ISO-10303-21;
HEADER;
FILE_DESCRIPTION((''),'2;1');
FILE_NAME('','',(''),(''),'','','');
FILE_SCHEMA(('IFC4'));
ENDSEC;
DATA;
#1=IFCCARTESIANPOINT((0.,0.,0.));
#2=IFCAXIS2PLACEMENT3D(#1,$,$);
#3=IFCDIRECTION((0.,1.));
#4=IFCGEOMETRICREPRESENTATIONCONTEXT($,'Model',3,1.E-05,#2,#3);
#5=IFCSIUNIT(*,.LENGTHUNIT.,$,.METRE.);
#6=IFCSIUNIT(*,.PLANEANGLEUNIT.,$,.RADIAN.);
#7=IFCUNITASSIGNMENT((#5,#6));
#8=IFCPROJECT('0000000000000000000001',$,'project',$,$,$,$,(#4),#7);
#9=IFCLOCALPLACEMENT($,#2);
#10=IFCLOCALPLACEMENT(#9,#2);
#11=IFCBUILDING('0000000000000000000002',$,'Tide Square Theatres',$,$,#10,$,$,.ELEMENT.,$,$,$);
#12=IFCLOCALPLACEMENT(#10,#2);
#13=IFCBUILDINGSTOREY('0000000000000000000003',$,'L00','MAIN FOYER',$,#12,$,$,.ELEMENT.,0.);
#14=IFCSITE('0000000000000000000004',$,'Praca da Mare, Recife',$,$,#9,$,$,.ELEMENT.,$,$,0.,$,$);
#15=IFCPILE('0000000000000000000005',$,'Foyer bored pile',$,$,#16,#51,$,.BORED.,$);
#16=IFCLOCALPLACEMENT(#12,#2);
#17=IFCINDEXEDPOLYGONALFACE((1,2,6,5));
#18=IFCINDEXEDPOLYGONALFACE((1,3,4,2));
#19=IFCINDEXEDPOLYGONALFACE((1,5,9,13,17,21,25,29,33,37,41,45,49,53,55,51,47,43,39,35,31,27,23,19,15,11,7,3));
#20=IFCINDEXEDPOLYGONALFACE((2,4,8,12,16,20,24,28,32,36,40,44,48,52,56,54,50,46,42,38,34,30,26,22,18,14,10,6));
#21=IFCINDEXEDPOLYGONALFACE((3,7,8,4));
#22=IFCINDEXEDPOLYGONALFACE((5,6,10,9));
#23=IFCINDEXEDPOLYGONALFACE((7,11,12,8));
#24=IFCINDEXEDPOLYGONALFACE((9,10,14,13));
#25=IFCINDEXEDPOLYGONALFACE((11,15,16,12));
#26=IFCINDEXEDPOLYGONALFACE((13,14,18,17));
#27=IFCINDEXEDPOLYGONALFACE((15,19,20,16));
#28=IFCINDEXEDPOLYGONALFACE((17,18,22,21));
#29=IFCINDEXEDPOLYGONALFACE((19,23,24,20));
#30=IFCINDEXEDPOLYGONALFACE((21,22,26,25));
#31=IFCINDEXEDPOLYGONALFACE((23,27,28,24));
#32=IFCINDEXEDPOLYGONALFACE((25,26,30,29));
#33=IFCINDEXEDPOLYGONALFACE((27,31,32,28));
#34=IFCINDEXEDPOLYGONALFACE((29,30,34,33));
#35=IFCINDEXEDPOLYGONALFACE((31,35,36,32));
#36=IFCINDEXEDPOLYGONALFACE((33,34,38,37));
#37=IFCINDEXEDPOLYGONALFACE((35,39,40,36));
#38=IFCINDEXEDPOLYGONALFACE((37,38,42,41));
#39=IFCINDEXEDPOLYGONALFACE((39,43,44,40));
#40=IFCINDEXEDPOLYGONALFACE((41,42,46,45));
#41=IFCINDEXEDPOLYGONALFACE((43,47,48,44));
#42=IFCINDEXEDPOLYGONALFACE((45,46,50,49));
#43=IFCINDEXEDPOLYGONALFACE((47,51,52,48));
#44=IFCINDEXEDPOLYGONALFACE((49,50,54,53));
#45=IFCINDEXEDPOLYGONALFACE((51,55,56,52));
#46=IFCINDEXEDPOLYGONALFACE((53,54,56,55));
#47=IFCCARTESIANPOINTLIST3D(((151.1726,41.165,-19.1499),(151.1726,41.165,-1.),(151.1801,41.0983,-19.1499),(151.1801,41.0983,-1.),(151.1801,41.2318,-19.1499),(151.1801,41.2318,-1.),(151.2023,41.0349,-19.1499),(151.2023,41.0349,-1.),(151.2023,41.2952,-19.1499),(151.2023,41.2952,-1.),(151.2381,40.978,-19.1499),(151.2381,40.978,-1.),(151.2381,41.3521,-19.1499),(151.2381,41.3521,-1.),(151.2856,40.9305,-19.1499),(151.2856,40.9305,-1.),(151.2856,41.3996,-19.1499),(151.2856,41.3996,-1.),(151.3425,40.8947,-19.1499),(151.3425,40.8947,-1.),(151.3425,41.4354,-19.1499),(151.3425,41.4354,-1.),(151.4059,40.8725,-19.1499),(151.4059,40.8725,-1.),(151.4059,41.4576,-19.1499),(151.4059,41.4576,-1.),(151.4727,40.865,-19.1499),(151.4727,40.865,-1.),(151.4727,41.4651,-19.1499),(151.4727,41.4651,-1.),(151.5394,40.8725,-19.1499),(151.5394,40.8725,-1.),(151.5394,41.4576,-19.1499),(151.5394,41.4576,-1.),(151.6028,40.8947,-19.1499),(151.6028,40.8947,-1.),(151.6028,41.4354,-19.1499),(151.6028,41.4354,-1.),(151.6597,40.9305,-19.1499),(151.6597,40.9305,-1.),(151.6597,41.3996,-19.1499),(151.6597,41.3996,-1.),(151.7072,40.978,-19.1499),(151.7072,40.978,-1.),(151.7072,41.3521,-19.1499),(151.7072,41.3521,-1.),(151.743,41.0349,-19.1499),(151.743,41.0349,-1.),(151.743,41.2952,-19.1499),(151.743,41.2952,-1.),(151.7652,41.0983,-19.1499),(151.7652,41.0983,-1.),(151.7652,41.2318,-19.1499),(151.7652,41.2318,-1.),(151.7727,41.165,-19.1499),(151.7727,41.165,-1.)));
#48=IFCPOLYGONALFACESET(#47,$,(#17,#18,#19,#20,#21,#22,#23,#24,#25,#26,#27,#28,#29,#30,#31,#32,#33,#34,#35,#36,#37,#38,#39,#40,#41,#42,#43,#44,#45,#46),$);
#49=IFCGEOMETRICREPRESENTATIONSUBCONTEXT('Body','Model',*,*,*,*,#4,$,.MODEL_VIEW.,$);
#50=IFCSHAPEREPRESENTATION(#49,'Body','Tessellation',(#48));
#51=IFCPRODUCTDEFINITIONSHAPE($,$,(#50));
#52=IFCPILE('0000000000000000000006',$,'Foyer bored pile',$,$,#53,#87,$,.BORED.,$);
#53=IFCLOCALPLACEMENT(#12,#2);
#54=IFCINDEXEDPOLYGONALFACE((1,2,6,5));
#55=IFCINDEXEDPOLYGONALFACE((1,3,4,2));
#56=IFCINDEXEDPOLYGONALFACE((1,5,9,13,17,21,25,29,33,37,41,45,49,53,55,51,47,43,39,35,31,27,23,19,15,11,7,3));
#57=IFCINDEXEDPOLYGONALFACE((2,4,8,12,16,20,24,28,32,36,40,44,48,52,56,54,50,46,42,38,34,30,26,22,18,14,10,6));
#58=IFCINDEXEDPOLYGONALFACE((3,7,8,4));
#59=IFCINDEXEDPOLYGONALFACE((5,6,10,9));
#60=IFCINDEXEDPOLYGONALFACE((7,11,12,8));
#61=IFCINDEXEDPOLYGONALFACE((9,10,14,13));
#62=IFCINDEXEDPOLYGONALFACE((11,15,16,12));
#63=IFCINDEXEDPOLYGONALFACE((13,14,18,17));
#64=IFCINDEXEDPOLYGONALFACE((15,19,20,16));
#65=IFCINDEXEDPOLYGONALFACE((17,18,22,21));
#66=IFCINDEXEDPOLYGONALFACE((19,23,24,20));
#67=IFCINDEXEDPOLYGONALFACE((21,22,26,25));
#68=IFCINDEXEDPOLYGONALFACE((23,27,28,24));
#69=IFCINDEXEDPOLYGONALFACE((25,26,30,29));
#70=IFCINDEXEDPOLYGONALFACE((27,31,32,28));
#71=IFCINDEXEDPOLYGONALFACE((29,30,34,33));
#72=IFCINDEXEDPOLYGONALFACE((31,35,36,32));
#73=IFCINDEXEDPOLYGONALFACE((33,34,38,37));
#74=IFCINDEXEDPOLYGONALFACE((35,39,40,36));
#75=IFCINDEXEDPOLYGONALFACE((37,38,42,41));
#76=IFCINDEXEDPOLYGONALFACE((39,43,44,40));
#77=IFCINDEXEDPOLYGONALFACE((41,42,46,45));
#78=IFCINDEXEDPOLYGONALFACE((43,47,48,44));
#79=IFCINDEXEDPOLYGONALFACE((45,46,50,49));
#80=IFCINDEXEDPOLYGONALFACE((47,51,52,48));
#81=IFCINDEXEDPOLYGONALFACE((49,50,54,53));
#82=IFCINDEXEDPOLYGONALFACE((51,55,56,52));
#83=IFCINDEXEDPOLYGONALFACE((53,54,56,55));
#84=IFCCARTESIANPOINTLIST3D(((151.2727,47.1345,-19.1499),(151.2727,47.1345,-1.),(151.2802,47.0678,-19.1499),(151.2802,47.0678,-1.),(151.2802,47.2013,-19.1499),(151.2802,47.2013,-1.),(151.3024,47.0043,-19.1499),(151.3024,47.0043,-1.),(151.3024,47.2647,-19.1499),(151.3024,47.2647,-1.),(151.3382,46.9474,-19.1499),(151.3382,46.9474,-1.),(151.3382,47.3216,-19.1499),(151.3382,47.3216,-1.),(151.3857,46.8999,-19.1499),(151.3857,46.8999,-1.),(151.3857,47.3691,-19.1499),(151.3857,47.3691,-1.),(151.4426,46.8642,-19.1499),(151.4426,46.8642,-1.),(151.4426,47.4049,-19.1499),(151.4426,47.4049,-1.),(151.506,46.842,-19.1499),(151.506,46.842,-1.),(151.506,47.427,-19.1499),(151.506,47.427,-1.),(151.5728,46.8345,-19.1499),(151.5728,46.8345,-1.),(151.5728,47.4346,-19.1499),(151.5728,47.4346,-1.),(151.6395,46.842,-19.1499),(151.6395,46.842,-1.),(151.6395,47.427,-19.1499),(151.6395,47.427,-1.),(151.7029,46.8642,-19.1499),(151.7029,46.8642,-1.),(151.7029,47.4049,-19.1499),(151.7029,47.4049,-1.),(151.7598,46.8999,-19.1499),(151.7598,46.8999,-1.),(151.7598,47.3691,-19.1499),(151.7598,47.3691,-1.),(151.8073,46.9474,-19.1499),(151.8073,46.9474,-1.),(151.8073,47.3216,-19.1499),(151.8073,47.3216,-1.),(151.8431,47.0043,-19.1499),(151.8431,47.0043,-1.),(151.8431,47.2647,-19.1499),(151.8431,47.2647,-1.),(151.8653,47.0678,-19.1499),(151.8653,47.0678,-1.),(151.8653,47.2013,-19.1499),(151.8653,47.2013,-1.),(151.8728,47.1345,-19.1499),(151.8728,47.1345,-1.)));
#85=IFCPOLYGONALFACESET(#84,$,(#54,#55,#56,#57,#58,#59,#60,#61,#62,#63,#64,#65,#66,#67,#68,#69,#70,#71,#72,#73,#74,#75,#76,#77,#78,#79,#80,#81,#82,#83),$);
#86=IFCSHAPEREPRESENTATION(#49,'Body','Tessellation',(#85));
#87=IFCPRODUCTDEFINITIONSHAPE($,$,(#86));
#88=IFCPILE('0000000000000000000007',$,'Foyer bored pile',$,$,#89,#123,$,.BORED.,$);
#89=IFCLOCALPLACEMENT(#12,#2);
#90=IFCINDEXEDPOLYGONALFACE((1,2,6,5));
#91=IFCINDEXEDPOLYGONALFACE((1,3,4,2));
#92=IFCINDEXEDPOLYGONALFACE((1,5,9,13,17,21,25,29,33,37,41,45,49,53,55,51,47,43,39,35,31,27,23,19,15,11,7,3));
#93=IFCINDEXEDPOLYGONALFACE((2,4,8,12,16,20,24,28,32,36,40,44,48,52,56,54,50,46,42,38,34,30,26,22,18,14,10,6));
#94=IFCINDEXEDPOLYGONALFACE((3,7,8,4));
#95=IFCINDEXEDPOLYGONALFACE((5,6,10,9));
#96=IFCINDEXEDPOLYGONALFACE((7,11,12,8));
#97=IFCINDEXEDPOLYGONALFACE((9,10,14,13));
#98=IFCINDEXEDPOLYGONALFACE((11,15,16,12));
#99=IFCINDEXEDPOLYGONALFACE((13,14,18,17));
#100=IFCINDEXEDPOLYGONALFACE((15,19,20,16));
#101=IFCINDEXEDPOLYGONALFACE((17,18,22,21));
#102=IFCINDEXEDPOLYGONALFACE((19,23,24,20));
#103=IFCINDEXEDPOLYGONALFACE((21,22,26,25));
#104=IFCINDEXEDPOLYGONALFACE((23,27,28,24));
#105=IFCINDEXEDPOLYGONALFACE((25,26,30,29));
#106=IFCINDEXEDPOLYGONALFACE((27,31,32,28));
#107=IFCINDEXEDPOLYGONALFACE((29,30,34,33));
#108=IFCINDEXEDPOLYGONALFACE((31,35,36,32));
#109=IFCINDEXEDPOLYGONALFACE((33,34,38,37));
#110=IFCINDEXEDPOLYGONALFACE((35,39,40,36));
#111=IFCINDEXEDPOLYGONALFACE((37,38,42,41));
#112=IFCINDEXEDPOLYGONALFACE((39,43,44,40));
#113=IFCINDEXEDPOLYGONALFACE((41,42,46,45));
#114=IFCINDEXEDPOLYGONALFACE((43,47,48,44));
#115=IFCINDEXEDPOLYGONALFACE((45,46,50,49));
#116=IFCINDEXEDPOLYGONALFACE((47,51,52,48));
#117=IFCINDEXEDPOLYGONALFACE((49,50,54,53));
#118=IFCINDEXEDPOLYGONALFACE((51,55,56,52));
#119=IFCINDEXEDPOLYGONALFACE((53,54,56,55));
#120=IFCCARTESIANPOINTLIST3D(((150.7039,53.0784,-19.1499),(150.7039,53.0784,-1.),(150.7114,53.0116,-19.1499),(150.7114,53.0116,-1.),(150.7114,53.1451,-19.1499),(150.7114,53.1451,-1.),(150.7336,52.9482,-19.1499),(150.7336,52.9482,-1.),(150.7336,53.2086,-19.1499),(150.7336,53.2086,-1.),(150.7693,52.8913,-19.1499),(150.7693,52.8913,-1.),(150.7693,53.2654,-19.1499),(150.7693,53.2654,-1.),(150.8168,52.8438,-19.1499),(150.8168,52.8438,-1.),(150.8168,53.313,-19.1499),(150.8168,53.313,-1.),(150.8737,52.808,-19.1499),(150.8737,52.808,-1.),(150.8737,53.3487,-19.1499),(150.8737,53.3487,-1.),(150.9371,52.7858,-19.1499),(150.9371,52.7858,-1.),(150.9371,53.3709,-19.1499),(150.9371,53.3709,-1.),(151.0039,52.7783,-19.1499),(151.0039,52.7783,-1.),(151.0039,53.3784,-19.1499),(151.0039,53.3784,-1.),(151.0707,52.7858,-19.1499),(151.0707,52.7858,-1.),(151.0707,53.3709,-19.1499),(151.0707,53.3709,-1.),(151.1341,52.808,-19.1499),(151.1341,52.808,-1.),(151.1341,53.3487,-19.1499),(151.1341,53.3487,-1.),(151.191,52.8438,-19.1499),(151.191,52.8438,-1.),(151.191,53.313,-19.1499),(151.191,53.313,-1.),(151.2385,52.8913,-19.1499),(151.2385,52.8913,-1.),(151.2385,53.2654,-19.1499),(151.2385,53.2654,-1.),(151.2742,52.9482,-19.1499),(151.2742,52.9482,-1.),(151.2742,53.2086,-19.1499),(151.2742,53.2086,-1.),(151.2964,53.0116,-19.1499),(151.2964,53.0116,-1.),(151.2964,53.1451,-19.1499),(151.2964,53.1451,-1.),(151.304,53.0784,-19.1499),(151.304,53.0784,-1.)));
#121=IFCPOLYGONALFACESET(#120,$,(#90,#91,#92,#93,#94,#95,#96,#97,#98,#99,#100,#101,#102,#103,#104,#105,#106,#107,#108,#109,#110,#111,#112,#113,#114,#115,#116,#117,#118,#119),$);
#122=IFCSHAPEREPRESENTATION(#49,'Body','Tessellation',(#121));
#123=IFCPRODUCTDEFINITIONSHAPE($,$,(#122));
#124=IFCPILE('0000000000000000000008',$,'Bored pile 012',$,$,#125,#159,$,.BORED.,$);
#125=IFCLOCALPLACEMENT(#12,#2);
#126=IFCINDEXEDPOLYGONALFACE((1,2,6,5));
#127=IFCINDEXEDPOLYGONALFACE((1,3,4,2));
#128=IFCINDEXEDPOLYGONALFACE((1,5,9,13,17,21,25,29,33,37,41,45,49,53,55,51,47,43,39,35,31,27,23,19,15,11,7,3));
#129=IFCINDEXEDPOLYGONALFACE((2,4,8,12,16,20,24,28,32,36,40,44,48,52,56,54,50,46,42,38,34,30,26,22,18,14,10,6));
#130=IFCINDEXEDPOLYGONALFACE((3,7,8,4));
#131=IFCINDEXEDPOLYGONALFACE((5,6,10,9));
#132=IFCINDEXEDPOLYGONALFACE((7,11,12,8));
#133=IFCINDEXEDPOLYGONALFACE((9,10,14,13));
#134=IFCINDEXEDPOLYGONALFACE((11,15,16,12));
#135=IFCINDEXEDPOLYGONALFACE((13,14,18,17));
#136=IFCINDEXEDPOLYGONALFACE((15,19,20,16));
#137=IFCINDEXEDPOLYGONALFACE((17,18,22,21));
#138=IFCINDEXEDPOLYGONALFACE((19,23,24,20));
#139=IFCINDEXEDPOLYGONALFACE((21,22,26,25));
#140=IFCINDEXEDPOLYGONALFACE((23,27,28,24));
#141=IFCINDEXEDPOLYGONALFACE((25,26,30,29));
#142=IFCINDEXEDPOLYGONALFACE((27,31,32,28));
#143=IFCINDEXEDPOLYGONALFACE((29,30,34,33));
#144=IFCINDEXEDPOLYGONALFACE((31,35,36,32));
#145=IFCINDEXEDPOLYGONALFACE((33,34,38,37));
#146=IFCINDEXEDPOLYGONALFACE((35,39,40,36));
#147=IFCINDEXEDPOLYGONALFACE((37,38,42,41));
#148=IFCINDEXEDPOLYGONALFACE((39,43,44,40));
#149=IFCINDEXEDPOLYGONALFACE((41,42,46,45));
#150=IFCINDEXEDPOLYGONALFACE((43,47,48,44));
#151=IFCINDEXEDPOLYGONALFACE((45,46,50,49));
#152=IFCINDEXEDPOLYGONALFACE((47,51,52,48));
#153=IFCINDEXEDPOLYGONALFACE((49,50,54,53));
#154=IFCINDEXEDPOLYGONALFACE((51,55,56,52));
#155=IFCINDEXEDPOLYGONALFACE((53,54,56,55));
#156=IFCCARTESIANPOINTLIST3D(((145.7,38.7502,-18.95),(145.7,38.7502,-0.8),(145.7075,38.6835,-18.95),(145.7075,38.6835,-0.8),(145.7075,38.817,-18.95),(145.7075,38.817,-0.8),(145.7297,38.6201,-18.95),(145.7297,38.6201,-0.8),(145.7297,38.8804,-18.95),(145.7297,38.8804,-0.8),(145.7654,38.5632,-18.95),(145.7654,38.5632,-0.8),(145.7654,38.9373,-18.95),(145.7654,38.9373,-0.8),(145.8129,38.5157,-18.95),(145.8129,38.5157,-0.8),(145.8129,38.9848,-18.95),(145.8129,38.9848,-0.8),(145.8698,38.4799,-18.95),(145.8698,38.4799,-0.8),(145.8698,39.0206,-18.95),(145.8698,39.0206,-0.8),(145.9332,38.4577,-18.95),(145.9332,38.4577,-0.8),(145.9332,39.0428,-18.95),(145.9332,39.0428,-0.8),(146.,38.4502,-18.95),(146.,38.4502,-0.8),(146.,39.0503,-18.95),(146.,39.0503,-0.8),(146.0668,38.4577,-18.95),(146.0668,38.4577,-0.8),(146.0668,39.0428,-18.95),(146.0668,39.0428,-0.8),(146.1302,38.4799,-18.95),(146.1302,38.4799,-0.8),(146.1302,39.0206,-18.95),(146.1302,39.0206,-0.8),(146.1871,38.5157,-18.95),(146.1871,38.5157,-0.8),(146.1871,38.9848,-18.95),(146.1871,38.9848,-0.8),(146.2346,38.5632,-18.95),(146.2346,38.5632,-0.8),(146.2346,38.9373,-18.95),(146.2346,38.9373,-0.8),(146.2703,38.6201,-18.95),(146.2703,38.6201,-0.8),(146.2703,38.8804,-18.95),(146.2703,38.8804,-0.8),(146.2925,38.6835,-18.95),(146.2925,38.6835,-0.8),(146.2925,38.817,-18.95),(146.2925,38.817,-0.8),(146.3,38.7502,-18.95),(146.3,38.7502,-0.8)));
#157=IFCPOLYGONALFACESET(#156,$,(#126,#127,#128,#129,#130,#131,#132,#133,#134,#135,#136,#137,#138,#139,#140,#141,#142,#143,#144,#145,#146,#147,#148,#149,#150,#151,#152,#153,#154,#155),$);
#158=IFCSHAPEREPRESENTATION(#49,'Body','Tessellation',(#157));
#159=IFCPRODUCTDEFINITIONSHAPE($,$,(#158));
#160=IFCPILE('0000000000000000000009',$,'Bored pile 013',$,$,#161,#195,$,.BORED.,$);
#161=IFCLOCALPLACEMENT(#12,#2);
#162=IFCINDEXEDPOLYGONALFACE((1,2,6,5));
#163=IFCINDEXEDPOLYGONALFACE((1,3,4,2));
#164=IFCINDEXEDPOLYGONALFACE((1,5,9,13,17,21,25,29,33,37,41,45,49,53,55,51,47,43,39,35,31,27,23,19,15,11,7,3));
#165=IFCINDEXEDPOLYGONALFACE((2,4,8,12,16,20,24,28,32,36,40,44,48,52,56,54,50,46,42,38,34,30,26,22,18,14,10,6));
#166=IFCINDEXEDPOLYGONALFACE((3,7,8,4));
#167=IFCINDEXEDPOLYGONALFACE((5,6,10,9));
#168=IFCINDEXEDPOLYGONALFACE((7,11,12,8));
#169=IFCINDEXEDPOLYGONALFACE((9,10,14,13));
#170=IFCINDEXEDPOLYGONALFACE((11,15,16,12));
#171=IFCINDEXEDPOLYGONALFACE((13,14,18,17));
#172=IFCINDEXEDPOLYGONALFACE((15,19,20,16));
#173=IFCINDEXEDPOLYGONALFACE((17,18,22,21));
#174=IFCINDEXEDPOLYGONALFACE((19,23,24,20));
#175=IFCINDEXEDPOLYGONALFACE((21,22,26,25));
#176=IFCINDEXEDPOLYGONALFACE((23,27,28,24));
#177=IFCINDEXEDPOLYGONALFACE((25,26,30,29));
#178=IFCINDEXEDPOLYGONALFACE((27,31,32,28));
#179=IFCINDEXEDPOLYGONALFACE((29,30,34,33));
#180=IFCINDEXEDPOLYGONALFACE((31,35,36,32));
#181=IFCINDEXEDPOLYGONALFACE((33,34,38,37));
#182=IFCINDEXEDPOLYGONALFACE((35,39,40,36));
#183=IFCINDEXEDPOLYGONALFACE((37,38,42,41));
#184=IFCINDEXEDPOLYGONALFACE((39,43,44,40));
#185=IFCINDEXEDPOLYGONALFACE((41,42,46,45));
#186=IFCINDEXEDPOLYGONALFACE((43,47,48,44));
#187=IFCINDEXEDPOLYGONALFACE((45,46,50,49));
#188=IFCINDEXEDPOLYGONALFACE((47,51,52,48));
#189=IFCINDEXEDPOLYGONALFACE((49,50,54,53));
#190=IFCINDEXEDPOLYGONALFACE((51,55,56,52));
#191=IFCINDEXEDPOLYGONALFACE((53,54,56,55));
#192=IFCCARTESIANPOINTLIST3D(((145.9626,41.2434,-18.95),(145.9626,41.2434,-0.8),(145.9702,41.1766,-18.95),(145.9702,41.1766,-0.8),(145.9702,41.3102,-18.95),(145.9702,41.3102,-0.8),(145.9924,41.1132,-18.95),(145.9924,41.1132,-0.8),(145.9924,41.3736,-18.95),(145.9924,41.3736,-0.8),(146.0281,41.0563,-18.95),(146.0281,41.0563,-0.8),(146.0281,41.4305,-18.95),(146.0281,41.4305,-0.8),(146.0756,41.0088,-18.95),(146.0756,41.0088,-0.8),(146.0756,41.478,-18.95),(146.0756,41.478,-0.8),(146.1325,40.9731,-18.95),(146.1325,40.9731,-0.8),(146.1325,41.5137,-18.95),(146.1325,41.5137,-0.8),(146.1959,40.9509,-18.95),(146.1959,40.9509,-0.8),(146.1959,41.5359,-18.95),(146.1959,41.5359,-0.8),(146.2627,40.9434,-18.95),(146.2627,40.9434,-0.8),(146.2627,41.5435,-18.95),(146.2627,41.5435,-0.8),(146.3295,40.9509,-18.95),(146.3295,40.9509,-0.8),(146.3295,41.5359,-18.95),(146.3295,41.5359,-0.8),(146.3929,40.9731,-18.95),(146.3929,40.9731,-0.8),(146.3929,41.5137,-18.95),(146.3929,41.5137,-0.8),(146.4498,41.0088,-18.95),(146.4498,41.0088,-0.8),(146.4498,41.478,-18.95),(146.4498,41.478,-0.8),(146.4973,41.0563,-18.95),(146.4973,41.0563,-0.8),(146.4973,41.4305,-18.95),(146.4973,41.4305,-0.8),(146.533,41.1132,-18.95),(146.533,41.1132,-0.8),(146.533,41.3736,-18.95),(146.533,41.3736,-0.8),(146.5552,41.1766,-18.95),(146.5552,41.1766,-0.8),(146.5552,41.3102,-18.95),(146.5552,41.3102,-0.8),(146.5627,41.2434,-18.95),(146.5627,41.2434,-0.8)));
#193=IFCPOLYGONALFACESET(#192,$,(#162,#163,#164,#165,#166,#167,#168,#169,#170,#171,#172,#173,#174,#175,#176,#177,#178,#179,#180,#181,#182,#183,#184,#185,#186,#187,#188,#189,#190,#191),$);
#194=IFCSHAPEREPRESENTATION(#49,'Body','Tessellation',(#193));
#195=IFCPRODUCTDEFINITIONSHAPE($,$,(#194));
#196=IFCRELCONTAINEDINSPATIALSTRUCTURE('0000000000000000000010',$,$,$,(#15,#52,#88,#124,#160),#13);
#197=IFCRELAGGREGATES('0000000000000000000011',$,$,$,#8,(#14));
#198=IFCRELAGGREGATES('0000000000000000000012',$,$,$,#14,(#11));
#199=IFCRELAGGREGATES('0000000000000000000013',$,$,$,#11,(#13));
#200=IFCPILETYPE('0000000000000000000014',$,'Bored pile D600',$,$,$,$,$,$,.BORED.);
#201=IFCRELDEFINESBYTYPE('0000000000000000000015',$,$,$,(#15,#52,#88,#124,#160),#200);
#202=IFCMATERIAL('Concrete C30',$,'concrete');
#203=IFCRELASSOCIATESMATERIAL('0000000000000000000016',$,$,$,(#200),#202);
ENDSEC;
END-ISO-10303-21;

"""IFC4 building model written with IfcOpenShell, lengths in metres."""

from ifc_helpers import new_model, si_unit, direction, frame, origin, origin_2d, place, context, subcontext, project, spatial, circle, extrude, material, material_profile, profile_set, type_object, element, save


model = new_model("IFC4")

# Units and contexts
model_context = context("Model", 3, precision=1e-05, world=origin(), true_north=direction((0.0, 1.0)))
body_context = subcontext(model_context, "Body", "Model", "MODEL_VIEW")
ifc_project = project(units=[si_unit("LENGTHUNIT", "METRE"), si_unit("PLANEANGLEUNIT", "RADIAN")], contexts=[model_context])

# Site, building, storey
site_placement = place(None, origin())
site = spatial("IfcSite", under=ifc_project, at=site_placement, Name="Praca da Mare, Recife", CompositionType="ELEMENT", RefElevation=0.0)
building_placement = place(site_placement, origin())
building = spatial("IfcBuilding", under=site, at=building_placement, Name="Tide Square Theatres", CompositionType="ELEMENT")
storey_placement = place(building_placement, origin())
storey = spatial("IfcBuildingStorey", under=building, at=storey_placement, Name="L00", Description="MAIN FOYER", CompositionType="ELEMENT", Elevation=0.0)

# Piles
ifc_material_1 = material(Name="Concrete C30", Category="concrete")
ifc_material_profile_1 = material_profile(ifc_material_1, circle(Radius=0.3, at=origin_2d()))
ifc_profile_set_1 = profile_set([ifc_material_profile_1], Name="Concrete C30")
pile_type = type_object("IfcPileType", Name="Bored pile D600", PredefinedType="BORED", material=ifc_profile_set_1)
for number, where, z_axis, x_axis, name in (
    (1, (151.4727, 41.165, -1.0), (0.0, 0.0, -1.0), (1.0, 0.0, 0.0), "Foyer bored pile"),
    (2, (151.5728, 47.1345, -1.0), (0.0, 0.0, -1.0), (1.0, 0.0, 0.0), "Foyer bored pile"),
    (3, (151.0039, 53.0784, -1.0), (0.0, 0.0, -1.0), (1.0, 0.0, 0.0), "Foyer bored pile"),
    (4, (146.0, 38.7502, -0.8), (0.0, 0.0, -1.0), (1.0, 0.0, 0.0), "Bored pile 012"),
    (5, (146.2627, 41.2434, -0.8), (0.0, 0.0, -1.0), (1.0, 0.0, 0.0), "Bored pile 013"),
):
    element("IfcPile", number, at=place(storey_placement, frame(where, z_axis=z_axis, x_axis=x_axis)), inside=storey, type_object=pile_type, Name=name, PredefinedType="BORED", context=body_context, shape_type="SweptSolid", body=[
        extrude(circle(Radius=0.3, at=origin_2d()), origin(), (0.0, 0.0, 1.0), 18.1499),
    ])

save(model, "model.ifc")
